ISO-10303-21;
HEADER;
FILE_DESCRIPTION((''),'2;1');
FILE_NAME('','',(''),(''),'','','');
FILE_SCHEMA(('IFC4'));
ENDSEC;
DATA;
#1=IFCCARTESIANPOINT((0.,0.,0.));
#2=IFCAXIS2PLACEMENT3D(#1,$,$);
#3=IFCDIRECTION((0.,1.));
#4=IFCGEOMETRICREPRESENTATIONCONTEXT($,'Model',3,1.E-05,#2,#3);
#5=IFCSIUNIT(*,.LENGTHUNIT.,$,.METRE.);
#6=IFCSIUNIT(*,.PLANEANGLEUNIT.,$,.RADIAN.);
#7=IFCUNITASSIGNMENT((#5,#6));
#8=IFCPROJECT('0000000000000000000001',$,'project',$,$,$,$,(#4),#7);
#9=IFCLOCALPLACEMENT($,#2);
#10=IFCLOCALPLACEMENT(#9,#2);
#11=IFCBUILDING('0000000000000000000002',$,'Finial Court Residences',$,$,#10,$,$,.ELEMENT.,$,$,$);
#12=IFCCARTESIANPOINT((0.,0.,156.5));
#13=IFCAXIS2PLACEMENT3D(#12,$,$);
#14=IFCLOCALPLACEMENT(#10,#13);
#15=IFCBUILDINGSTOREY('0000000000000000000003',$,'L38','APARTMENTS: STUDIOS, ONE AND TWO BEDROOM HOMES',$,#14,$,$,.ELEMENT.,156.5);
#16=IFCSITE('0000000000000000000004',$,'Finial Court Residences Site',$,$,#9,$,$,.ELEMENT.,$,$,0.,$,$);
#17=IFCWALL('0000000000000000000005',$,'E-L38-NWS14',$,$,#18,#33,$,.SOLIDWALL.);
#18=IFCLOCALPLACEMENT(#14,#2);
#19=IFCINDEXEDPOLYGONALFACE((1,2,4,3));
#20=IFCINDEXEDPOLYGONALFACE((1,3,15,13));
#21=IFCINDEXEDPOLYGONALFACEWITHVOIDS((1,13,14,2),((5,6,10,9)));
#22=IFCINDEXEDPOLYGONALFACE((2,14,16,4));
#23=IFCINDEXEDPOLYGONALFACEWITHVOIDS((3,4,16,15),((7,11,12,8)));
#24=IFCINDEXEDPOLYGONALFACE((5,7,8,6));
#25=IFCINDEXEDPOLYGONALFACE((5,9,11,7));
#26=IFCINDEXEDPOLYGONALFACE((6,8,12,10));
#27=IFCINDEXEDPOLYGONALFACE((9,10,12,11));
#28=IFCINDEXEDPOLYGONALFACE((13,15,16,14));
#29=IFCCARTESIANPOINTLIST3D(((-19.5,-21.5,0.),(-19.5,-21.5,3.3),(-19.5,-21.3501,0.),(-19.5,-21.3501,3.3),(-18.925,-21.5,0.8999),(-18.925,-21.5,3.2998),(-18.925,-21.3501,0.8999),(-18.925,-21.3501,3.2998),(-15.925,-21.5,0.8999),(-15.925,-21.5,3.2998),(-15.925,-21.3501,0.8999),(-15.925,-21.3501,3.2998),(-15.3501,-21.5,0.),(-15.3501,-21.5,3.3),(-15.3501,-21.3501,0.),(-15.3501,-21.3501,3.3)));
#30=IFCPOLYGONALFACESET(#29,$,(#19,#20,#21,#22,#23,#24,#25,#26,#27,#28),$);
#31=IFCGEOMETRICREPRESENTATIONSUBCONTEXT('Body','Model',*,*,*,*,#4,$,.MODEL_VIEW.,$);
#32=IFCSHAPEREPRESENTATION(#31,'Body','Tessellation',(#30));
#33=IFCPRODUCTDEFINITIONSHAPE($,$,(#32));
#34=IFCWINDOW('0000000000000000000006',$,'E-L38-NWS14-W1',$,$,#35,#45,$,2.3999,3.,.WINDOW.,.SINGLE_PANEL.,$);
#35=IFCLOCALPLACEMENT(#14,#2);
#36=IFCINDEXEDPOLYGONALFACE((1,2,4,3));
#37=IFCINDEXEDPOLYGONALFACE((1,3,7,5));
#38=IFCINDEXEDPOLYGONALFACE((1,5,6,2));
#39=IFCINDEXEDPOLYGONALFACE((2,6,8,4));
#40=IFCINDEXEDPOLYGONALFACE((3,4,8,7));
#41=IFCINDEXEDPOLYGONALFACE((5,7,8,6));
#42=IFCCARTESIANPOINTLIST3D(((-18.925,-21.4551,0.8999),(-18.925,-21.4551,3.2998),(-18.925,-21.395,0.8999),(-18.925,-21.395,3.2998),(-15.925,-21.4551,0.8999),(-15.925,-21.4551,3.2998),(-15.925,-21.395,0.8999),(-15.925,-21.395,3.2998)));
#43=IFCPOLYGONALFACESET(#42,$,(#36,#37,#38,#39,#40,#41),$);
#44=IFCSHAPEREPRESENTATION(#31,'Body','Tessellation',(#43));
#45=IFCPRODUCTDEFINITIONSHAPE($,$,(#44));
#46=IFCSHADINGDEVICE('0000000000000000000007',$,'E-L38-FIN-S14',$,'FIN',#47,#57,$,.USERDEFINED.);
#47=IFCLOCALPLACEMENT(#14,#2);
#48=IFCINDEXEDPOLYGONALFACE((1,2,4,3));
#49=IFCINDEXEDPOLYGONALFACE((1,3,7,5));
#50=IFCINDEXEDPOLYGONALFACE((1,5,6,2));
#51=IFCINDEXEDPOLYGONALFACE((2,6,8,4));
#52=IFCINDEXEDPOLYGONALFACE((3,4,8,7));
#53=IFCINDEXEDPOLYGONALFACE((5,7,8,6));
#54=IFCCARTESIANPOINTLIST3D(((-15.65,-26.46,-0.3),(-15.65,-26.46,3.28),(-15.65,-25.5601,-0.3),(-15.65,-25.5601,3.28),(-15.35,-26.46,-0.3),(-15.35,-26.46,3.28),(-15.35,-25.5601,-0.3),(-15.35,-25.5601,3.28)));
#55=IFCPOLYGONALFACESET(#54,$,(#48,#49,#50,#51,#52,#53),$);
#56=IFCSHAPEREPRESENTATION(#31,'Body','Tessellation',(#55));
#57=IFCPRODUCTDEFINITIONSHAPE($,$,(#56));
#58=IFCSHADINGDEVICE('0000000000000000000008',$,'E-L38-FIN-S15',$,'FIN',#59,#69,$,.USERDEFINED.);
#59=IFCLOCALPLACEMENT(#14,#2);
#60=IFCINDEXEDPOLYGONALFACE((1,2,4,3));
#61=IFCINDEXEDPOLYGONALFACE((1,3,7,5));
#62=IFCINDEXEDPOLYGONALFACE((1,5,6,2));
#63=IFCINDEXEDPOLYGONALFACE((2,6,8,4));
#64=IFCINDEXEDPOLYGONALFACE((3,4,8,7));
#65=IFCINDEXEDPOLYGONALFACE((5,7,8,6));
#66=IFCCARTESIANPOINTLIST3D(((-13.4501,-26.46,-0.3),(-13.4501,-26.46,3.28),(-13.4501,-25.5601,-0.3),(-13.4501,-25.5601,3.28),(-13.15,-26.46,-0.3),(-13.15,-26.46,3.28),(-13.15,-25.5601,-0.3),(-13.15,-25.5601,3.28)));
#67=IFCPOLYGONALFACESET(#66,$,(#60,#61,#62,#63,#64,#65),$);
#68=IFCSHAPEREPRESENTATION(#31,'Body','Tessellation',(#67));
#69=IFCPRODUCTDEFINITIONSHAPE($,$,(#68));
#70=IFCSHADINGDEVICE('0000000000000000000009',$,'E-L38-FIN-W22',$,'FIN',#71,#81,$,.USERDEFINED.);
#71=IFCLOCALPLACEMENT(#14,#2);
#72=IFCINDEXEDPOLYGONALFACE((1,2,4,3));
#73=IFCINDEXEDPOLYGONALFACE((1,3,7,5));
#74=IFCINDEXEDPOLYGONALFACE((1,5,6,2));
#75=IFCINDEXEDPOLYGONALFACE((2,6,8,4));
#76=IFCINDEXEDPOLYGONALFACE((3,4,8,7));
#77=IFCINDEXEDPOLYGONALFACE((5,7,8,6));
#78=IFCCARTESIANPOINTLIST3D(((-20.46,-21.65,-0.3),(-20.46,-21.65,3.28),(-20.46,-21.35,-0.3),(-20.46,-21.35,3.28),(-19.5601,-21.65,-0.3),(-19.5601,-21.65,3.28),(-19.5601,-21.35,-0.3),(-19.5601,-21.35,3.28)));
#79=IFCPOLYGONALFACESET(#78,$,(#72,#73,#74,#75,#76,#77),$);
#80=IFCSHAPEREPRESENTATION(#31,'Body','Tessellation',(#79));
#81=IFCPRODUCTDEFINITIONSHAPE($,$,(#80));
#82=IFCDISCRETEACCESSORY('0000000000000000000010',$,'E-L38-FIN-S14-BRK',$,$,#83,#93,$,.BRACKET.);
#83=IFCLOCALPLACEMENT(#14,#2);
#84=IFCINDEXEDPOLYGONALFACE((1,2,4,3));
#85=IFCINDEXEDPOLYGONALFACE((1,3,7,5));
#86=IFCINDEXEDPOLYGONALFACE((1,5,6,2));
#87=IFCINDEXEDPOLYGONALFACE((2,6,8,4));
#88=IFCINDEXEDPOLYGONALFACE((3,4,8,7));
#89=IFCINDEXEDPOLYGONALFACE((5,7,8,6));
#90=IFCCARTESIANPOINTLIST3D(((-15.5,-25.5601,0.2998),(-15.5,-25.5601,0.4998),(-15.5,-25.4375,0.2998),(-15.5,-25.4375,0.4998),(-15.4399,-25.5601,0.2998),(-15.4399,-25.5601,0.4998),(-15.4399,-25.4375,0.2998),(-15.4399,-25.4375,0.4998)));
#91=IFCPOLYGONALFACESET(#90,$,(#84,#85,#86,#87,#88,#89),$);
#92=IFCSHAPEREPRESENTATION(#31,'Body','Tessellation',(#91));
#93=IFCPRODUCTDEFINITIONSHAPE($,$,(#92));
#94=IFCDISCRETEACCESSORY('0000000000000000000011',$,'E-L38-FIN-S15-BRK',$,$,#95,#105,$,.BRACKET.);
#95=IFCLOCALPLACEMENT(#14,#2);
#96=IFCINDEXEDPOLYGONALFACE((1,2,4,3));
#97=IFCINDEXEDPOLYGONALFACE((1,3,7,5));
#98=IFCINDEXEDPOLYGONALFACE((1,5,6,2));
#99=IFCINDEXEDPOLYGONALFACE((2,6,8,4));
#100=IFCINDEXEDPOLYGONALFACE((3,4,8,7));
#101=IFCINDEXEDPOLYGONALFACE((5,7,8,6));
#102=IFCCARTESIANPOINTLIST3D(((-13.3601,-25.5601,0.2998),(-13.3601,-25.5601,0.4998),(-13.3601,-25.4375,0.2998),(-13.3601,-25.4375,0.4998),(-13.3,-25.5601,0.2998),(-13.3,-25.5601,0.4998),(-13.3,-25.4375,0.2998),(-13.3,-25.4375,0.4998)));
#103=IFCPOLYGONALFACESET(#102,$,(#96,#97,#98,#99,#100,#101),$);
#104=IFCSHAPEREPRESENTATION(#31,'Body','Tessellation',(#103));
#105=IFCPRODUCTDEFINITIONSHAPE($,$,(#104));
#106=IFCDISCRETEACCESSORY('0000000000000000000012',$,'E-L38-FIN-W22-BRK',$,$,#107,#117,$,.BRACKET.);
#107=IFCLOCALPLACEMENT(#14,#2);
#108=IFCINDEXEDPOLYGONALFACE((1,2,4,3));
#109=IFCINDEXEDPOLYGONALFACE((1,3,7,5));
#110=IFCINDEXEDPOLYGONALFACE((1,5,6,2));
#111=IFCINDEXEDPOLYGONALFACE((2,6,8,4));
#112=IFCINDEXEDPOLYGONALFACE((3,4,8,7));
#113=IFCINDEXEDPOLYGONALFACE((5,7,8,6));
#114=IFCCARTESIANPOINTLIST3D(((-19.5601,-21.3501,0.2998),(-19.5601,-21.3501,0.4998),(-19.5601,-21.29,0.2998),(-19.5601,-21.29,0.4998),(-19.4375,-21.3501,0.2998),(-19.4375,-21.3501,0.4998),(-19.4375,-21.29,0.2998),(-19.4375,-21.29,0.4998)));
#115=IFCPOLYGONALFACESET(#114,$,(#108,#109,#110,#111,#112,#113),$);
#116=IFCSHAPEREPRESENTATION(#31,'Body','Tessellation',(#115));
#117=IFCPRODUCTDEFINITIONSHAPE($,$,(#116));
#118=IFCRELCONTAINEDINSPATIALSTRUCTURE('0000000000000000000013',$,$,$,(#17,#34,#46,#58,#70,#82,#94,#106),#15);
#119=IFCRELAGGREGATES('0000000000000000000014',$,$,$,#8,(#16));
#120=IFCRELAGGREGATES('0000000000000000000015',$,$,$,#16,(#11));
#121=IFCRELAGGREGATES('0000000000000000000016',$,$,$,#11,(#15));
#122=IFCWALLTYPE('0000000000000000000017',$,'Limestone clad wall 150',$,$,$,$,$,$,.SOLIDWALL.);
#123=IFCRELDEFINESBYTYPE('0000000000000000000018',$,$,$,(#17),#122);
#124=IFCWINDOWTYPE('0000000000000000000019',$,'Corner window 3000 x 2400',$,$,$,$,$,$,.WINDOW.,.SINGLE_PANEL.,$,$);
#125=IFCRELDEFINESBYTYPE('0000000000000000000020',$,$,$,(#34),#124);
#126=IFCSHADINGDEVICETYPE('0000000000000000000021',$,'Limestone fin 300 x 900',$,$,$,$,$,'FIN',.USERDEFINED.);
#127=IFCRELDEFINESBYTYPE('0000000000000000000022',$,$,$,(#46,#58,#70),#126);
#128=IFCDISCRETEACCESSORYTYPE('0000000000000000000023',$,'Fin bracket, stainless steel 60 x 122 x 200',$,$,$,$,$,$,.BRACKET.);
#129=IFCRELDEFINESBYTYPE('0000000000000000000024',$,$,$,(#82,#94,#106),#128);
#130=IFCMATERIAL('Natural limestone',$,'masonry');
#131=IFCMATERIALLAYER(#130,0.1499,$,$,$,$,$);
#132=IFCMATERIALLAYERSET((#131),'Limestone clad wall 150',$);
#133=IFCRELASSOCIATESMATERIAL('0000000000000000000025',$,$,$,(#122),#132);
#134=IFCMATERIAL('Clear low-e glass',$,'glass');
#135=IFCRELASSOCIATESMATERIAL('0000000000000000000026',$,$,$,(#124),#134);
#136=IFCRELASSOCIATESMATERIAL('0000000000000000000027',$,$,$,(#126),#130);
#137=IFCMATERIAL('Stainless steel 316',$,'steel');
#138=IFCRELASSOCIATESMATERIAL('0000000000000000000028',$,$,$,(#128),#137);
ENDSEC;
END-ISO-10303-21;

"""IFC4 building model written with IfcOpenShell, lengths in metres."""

from ifc_helpers import new_model, si_unit, direction, frame, frame_2d, origin, origin_2d, place, context, subcontext, project, spatial, rectangle, extrude, material, layer, layer_set, type_object, element, fill, save


model = new_model("IFC4")

# Units and contexts
model_context = context("Model", 3, precision=1e-05, world=origin(), true_north=direction((0.0, 1.0)))
body_context = subcontext(model_context, "Body", "Model", "MODEL_VIEW")
ifc_project = project(units=[si_unit("LENGTHUNIT", "METRE"), si_unit("PLANEANGLEUNIT", "RADIAN")], contexts=[model_context])

# Site, building, storey
site_placement = place(None, origin())
site = spatial("IfcSite", under=ifc_project, at=site_placement, Name="Finial Court Residences Site", CompositionType="ELEMENT", RefElevation=0.0)
building_placement = place(site_placement, origin())
building = spatial("IfcBuilding", under=site, at=building_placement, Name="Finial Court Residences", CompositionType="ELEMENT")
storey_placement = place(building_placement, frame((0.0, 0.0, 156.5)))
storey = spatial("IfcBuildingStorey", under=building, at=storey_placement, Name="L38", Description="APARTMENTS: STUDIOS, ONE AND TWO BEDROOM HOMES", CompositionType="ELEMENT", Elevation=156.5)

# Shared definitions
ifc_material_1 = material(Name="Clear low-e glass", Category="glass")

# Wall, opening, window
ifc_material_2 = material(Name="Natural limestone", Category="masonry")
ifc_layer_1 = layer(ifc_material_2, 0.1499)
ifc_layer_set_1 = layer_set([ifc_layer_1], Name="Limestone clad wall 150")
wall_type_1 = type_object("IfcWallType", Name="Limestone clad wall 150", PredefinedType="SOLIDWALL", material=ifc_layer_set_1)
wall_1_placement = place(storey_placement, frame((-15.3501, -21.425, 0.0), z_axis=(0.0, 0.0, 1.0), x_axis=(-1.0, 0.0, 0.0)))
wall_1 = element("IfcWall", 1, at=wall_1_placement, inside=storey, type_object=wall_type_1, Name="E-L38-NWS14", PredefinedType="SOLIDWALL", context=body_context, shape_type="SweptSolid", body=[
    extrude(rectangle(XDim=4.1499, YDim=0.1499, at=frame_2d((2.075, 0.0))), origin(), (0.0, 0.0, 1.0), 3.3),
])
opening_1_placement = place(wall_1_placement, frame((0.575, 0.0, 0.8999)))
opening_1 = element("IfcOpeningElement", 2, at=opening_1_placement, cuts=wall_1, PredefinedType="OPENING", context=body_context, shape_type="SweptSolid", body=[
    extrude(rectangle(XDim=3.0, YDim=2.3999, at=frame_2d((1.5, 1.2))), frame((0.0, 0.085, 0.0), z_axis=(0.0, -1.0, 0.0), x_axis=(1.0, 0.0, 0.0)), (0.0, 0.0, 1.0), 0.1699),
])
window_type_1 = type_object("IfcWindowType", Name="Corner window 3000 x 2400", PartitioningType="SINGLE_PANEL", PredefinedType="WINDOW", material=ifc_material_1)
window_1_placement = place(opening_1_placement, origin())
window_1 = element("IfcWindow", 3, at=window_1_placement, inside=storey, type_object=window_type_1, Name="E-L38-NWS14-W1", OverallHeight=2.3999, OverallWidth=3.0, PartitioningType="SINGLE_PANEL", PredefinedType="WINDOW", context=body_context, shape_type="SweptSolid", body=[
    extrude(rectangle(XDim=3.0, YDim=2.3999, at=frame_2d((1.5, 1.2))), frame((0.0, 0.03, 0.0), z_axis=(0.0, -1.0, 0.0), x_axis=(1.0, 0.0, 0.0)), (0.0, 0.0, 1.0), 0.0601),
])
fill(opening_1, window_1)

# Shading devices
shading_device_type = type_object("IfcShadingDeviceType", Name="Limestone fin 300 x 900", ElementType="FIN", PredefinedType="USERDEFINED", material=ifc_material_2)
for number, where, z_axis, x_axis, name in (
    (4, (-15.5, -26.01, -0.3), (0.0, 0.0, 1.0), (1.0, 0.0, 0.0), "E-L38-FIN-S14"),
    (5, (-13.3, -26.01, -0.3), (0.0, 0.0, 1.0), (1.0, 0.0, 0.0), "E-L38-FIN-S15"),
):
    element("IfcShadingDevice", number, at=place(storey_placement, frame(where, z_axis=z_axis, x_axis=x_axis)), inside=storey, type_object=shading_device_type, Name=name, ObjectType="FIN", PredefinedType="USERDEFINED", context=body_context, shape_type="SweptSolid", body=[
        extrude(rectangle(XDim=0.3, YDim=0.8999, at=origin_2d()), origin(), (0.0, 0.0, 1.0), 3.5801),
    ])
shading_device_placement = place(storey_placement, frame((-20.01, -21.5, -0.3), z_axis=(0.0, 0.0, 1.0), x_axis=(1.0, 0.0, 0.0)))
element("IfcShadingDevice", 6, at=shading_device_placement, inside=storey, type_object=shading_device_type, Name="E-L38-FIN-W22", ObjectType="FIN", PredefinedType="USERDEFINED", context=body_context, shape_type="SweptSolid", body=[
    extrude(rectangle(XDim=0.8999, YDim=0.3, at=origin_2d()), origin(), (0.0, 0.0, 1.0), 3.5801),
])

# Discrete accessories
ifc_material_3 = material(Name="Stainless steel 316", Category="steel")
discrete_accessory_type = type_object("IfcDiscreteAccessoryType", Name="Fin bracket, stainless steel 60 x 122 x 200", PredefinedType="BRACKET", material=ifc_material_3)
for number, where, z_axis, x_axis, name in (
    (7, (-15.47, -25.4988, 0.2998), (0.0, 0.0, 1.0), (1.0, 0.0, 0.0), "E-L38-FIN-S14-BRK"),
    (8, (-13.3301, -25.4988, 0.2998), (0.0, 0.0, 1.0), (1.0, 0.0, 0.0), "E-L38-FIN-S15-BRK"),
):
    element("IfcDiscreteAccessory", number, at=place(storey_placement, frame(where, z_axis=z_axis, x_axis=x_axis)), inside=storey, type_object=discrete_accessory_type, Name=name, PredefinedType="BRACKET", context=body_context, shape_type="SweptSolid", body=[
        extrude(rectangle(XDim=0.0601, YDim=0.1226, at=origin_2d()), origin(), (0.0, 0.0, 1.0), 0.2),
    ])
discrete_accessory_placement = place(storey_placement, frame((-19.4988, -21.3201, 0.2998), z_axis=(0.0, 0.0, 1.0), x_axis=(1.0, 0.0, 0.0)))
element("IfcDiscreteAccessory", 9, at=discrete_accessory_placement, inside=storey, type_object=discrete_accessory_type, Name="E-L38-FIN-W22-BRK", PredefinedType="BRACKET", context=body_context, shape_type="SweptSolid", body=[
    extrude(rectangle(XDim=0.1226, YDim=0.0601, at=origin_2d()), origin(), (0.0, 0.0, 1.0), 0.2),
])

save(model, "model.ifc")
